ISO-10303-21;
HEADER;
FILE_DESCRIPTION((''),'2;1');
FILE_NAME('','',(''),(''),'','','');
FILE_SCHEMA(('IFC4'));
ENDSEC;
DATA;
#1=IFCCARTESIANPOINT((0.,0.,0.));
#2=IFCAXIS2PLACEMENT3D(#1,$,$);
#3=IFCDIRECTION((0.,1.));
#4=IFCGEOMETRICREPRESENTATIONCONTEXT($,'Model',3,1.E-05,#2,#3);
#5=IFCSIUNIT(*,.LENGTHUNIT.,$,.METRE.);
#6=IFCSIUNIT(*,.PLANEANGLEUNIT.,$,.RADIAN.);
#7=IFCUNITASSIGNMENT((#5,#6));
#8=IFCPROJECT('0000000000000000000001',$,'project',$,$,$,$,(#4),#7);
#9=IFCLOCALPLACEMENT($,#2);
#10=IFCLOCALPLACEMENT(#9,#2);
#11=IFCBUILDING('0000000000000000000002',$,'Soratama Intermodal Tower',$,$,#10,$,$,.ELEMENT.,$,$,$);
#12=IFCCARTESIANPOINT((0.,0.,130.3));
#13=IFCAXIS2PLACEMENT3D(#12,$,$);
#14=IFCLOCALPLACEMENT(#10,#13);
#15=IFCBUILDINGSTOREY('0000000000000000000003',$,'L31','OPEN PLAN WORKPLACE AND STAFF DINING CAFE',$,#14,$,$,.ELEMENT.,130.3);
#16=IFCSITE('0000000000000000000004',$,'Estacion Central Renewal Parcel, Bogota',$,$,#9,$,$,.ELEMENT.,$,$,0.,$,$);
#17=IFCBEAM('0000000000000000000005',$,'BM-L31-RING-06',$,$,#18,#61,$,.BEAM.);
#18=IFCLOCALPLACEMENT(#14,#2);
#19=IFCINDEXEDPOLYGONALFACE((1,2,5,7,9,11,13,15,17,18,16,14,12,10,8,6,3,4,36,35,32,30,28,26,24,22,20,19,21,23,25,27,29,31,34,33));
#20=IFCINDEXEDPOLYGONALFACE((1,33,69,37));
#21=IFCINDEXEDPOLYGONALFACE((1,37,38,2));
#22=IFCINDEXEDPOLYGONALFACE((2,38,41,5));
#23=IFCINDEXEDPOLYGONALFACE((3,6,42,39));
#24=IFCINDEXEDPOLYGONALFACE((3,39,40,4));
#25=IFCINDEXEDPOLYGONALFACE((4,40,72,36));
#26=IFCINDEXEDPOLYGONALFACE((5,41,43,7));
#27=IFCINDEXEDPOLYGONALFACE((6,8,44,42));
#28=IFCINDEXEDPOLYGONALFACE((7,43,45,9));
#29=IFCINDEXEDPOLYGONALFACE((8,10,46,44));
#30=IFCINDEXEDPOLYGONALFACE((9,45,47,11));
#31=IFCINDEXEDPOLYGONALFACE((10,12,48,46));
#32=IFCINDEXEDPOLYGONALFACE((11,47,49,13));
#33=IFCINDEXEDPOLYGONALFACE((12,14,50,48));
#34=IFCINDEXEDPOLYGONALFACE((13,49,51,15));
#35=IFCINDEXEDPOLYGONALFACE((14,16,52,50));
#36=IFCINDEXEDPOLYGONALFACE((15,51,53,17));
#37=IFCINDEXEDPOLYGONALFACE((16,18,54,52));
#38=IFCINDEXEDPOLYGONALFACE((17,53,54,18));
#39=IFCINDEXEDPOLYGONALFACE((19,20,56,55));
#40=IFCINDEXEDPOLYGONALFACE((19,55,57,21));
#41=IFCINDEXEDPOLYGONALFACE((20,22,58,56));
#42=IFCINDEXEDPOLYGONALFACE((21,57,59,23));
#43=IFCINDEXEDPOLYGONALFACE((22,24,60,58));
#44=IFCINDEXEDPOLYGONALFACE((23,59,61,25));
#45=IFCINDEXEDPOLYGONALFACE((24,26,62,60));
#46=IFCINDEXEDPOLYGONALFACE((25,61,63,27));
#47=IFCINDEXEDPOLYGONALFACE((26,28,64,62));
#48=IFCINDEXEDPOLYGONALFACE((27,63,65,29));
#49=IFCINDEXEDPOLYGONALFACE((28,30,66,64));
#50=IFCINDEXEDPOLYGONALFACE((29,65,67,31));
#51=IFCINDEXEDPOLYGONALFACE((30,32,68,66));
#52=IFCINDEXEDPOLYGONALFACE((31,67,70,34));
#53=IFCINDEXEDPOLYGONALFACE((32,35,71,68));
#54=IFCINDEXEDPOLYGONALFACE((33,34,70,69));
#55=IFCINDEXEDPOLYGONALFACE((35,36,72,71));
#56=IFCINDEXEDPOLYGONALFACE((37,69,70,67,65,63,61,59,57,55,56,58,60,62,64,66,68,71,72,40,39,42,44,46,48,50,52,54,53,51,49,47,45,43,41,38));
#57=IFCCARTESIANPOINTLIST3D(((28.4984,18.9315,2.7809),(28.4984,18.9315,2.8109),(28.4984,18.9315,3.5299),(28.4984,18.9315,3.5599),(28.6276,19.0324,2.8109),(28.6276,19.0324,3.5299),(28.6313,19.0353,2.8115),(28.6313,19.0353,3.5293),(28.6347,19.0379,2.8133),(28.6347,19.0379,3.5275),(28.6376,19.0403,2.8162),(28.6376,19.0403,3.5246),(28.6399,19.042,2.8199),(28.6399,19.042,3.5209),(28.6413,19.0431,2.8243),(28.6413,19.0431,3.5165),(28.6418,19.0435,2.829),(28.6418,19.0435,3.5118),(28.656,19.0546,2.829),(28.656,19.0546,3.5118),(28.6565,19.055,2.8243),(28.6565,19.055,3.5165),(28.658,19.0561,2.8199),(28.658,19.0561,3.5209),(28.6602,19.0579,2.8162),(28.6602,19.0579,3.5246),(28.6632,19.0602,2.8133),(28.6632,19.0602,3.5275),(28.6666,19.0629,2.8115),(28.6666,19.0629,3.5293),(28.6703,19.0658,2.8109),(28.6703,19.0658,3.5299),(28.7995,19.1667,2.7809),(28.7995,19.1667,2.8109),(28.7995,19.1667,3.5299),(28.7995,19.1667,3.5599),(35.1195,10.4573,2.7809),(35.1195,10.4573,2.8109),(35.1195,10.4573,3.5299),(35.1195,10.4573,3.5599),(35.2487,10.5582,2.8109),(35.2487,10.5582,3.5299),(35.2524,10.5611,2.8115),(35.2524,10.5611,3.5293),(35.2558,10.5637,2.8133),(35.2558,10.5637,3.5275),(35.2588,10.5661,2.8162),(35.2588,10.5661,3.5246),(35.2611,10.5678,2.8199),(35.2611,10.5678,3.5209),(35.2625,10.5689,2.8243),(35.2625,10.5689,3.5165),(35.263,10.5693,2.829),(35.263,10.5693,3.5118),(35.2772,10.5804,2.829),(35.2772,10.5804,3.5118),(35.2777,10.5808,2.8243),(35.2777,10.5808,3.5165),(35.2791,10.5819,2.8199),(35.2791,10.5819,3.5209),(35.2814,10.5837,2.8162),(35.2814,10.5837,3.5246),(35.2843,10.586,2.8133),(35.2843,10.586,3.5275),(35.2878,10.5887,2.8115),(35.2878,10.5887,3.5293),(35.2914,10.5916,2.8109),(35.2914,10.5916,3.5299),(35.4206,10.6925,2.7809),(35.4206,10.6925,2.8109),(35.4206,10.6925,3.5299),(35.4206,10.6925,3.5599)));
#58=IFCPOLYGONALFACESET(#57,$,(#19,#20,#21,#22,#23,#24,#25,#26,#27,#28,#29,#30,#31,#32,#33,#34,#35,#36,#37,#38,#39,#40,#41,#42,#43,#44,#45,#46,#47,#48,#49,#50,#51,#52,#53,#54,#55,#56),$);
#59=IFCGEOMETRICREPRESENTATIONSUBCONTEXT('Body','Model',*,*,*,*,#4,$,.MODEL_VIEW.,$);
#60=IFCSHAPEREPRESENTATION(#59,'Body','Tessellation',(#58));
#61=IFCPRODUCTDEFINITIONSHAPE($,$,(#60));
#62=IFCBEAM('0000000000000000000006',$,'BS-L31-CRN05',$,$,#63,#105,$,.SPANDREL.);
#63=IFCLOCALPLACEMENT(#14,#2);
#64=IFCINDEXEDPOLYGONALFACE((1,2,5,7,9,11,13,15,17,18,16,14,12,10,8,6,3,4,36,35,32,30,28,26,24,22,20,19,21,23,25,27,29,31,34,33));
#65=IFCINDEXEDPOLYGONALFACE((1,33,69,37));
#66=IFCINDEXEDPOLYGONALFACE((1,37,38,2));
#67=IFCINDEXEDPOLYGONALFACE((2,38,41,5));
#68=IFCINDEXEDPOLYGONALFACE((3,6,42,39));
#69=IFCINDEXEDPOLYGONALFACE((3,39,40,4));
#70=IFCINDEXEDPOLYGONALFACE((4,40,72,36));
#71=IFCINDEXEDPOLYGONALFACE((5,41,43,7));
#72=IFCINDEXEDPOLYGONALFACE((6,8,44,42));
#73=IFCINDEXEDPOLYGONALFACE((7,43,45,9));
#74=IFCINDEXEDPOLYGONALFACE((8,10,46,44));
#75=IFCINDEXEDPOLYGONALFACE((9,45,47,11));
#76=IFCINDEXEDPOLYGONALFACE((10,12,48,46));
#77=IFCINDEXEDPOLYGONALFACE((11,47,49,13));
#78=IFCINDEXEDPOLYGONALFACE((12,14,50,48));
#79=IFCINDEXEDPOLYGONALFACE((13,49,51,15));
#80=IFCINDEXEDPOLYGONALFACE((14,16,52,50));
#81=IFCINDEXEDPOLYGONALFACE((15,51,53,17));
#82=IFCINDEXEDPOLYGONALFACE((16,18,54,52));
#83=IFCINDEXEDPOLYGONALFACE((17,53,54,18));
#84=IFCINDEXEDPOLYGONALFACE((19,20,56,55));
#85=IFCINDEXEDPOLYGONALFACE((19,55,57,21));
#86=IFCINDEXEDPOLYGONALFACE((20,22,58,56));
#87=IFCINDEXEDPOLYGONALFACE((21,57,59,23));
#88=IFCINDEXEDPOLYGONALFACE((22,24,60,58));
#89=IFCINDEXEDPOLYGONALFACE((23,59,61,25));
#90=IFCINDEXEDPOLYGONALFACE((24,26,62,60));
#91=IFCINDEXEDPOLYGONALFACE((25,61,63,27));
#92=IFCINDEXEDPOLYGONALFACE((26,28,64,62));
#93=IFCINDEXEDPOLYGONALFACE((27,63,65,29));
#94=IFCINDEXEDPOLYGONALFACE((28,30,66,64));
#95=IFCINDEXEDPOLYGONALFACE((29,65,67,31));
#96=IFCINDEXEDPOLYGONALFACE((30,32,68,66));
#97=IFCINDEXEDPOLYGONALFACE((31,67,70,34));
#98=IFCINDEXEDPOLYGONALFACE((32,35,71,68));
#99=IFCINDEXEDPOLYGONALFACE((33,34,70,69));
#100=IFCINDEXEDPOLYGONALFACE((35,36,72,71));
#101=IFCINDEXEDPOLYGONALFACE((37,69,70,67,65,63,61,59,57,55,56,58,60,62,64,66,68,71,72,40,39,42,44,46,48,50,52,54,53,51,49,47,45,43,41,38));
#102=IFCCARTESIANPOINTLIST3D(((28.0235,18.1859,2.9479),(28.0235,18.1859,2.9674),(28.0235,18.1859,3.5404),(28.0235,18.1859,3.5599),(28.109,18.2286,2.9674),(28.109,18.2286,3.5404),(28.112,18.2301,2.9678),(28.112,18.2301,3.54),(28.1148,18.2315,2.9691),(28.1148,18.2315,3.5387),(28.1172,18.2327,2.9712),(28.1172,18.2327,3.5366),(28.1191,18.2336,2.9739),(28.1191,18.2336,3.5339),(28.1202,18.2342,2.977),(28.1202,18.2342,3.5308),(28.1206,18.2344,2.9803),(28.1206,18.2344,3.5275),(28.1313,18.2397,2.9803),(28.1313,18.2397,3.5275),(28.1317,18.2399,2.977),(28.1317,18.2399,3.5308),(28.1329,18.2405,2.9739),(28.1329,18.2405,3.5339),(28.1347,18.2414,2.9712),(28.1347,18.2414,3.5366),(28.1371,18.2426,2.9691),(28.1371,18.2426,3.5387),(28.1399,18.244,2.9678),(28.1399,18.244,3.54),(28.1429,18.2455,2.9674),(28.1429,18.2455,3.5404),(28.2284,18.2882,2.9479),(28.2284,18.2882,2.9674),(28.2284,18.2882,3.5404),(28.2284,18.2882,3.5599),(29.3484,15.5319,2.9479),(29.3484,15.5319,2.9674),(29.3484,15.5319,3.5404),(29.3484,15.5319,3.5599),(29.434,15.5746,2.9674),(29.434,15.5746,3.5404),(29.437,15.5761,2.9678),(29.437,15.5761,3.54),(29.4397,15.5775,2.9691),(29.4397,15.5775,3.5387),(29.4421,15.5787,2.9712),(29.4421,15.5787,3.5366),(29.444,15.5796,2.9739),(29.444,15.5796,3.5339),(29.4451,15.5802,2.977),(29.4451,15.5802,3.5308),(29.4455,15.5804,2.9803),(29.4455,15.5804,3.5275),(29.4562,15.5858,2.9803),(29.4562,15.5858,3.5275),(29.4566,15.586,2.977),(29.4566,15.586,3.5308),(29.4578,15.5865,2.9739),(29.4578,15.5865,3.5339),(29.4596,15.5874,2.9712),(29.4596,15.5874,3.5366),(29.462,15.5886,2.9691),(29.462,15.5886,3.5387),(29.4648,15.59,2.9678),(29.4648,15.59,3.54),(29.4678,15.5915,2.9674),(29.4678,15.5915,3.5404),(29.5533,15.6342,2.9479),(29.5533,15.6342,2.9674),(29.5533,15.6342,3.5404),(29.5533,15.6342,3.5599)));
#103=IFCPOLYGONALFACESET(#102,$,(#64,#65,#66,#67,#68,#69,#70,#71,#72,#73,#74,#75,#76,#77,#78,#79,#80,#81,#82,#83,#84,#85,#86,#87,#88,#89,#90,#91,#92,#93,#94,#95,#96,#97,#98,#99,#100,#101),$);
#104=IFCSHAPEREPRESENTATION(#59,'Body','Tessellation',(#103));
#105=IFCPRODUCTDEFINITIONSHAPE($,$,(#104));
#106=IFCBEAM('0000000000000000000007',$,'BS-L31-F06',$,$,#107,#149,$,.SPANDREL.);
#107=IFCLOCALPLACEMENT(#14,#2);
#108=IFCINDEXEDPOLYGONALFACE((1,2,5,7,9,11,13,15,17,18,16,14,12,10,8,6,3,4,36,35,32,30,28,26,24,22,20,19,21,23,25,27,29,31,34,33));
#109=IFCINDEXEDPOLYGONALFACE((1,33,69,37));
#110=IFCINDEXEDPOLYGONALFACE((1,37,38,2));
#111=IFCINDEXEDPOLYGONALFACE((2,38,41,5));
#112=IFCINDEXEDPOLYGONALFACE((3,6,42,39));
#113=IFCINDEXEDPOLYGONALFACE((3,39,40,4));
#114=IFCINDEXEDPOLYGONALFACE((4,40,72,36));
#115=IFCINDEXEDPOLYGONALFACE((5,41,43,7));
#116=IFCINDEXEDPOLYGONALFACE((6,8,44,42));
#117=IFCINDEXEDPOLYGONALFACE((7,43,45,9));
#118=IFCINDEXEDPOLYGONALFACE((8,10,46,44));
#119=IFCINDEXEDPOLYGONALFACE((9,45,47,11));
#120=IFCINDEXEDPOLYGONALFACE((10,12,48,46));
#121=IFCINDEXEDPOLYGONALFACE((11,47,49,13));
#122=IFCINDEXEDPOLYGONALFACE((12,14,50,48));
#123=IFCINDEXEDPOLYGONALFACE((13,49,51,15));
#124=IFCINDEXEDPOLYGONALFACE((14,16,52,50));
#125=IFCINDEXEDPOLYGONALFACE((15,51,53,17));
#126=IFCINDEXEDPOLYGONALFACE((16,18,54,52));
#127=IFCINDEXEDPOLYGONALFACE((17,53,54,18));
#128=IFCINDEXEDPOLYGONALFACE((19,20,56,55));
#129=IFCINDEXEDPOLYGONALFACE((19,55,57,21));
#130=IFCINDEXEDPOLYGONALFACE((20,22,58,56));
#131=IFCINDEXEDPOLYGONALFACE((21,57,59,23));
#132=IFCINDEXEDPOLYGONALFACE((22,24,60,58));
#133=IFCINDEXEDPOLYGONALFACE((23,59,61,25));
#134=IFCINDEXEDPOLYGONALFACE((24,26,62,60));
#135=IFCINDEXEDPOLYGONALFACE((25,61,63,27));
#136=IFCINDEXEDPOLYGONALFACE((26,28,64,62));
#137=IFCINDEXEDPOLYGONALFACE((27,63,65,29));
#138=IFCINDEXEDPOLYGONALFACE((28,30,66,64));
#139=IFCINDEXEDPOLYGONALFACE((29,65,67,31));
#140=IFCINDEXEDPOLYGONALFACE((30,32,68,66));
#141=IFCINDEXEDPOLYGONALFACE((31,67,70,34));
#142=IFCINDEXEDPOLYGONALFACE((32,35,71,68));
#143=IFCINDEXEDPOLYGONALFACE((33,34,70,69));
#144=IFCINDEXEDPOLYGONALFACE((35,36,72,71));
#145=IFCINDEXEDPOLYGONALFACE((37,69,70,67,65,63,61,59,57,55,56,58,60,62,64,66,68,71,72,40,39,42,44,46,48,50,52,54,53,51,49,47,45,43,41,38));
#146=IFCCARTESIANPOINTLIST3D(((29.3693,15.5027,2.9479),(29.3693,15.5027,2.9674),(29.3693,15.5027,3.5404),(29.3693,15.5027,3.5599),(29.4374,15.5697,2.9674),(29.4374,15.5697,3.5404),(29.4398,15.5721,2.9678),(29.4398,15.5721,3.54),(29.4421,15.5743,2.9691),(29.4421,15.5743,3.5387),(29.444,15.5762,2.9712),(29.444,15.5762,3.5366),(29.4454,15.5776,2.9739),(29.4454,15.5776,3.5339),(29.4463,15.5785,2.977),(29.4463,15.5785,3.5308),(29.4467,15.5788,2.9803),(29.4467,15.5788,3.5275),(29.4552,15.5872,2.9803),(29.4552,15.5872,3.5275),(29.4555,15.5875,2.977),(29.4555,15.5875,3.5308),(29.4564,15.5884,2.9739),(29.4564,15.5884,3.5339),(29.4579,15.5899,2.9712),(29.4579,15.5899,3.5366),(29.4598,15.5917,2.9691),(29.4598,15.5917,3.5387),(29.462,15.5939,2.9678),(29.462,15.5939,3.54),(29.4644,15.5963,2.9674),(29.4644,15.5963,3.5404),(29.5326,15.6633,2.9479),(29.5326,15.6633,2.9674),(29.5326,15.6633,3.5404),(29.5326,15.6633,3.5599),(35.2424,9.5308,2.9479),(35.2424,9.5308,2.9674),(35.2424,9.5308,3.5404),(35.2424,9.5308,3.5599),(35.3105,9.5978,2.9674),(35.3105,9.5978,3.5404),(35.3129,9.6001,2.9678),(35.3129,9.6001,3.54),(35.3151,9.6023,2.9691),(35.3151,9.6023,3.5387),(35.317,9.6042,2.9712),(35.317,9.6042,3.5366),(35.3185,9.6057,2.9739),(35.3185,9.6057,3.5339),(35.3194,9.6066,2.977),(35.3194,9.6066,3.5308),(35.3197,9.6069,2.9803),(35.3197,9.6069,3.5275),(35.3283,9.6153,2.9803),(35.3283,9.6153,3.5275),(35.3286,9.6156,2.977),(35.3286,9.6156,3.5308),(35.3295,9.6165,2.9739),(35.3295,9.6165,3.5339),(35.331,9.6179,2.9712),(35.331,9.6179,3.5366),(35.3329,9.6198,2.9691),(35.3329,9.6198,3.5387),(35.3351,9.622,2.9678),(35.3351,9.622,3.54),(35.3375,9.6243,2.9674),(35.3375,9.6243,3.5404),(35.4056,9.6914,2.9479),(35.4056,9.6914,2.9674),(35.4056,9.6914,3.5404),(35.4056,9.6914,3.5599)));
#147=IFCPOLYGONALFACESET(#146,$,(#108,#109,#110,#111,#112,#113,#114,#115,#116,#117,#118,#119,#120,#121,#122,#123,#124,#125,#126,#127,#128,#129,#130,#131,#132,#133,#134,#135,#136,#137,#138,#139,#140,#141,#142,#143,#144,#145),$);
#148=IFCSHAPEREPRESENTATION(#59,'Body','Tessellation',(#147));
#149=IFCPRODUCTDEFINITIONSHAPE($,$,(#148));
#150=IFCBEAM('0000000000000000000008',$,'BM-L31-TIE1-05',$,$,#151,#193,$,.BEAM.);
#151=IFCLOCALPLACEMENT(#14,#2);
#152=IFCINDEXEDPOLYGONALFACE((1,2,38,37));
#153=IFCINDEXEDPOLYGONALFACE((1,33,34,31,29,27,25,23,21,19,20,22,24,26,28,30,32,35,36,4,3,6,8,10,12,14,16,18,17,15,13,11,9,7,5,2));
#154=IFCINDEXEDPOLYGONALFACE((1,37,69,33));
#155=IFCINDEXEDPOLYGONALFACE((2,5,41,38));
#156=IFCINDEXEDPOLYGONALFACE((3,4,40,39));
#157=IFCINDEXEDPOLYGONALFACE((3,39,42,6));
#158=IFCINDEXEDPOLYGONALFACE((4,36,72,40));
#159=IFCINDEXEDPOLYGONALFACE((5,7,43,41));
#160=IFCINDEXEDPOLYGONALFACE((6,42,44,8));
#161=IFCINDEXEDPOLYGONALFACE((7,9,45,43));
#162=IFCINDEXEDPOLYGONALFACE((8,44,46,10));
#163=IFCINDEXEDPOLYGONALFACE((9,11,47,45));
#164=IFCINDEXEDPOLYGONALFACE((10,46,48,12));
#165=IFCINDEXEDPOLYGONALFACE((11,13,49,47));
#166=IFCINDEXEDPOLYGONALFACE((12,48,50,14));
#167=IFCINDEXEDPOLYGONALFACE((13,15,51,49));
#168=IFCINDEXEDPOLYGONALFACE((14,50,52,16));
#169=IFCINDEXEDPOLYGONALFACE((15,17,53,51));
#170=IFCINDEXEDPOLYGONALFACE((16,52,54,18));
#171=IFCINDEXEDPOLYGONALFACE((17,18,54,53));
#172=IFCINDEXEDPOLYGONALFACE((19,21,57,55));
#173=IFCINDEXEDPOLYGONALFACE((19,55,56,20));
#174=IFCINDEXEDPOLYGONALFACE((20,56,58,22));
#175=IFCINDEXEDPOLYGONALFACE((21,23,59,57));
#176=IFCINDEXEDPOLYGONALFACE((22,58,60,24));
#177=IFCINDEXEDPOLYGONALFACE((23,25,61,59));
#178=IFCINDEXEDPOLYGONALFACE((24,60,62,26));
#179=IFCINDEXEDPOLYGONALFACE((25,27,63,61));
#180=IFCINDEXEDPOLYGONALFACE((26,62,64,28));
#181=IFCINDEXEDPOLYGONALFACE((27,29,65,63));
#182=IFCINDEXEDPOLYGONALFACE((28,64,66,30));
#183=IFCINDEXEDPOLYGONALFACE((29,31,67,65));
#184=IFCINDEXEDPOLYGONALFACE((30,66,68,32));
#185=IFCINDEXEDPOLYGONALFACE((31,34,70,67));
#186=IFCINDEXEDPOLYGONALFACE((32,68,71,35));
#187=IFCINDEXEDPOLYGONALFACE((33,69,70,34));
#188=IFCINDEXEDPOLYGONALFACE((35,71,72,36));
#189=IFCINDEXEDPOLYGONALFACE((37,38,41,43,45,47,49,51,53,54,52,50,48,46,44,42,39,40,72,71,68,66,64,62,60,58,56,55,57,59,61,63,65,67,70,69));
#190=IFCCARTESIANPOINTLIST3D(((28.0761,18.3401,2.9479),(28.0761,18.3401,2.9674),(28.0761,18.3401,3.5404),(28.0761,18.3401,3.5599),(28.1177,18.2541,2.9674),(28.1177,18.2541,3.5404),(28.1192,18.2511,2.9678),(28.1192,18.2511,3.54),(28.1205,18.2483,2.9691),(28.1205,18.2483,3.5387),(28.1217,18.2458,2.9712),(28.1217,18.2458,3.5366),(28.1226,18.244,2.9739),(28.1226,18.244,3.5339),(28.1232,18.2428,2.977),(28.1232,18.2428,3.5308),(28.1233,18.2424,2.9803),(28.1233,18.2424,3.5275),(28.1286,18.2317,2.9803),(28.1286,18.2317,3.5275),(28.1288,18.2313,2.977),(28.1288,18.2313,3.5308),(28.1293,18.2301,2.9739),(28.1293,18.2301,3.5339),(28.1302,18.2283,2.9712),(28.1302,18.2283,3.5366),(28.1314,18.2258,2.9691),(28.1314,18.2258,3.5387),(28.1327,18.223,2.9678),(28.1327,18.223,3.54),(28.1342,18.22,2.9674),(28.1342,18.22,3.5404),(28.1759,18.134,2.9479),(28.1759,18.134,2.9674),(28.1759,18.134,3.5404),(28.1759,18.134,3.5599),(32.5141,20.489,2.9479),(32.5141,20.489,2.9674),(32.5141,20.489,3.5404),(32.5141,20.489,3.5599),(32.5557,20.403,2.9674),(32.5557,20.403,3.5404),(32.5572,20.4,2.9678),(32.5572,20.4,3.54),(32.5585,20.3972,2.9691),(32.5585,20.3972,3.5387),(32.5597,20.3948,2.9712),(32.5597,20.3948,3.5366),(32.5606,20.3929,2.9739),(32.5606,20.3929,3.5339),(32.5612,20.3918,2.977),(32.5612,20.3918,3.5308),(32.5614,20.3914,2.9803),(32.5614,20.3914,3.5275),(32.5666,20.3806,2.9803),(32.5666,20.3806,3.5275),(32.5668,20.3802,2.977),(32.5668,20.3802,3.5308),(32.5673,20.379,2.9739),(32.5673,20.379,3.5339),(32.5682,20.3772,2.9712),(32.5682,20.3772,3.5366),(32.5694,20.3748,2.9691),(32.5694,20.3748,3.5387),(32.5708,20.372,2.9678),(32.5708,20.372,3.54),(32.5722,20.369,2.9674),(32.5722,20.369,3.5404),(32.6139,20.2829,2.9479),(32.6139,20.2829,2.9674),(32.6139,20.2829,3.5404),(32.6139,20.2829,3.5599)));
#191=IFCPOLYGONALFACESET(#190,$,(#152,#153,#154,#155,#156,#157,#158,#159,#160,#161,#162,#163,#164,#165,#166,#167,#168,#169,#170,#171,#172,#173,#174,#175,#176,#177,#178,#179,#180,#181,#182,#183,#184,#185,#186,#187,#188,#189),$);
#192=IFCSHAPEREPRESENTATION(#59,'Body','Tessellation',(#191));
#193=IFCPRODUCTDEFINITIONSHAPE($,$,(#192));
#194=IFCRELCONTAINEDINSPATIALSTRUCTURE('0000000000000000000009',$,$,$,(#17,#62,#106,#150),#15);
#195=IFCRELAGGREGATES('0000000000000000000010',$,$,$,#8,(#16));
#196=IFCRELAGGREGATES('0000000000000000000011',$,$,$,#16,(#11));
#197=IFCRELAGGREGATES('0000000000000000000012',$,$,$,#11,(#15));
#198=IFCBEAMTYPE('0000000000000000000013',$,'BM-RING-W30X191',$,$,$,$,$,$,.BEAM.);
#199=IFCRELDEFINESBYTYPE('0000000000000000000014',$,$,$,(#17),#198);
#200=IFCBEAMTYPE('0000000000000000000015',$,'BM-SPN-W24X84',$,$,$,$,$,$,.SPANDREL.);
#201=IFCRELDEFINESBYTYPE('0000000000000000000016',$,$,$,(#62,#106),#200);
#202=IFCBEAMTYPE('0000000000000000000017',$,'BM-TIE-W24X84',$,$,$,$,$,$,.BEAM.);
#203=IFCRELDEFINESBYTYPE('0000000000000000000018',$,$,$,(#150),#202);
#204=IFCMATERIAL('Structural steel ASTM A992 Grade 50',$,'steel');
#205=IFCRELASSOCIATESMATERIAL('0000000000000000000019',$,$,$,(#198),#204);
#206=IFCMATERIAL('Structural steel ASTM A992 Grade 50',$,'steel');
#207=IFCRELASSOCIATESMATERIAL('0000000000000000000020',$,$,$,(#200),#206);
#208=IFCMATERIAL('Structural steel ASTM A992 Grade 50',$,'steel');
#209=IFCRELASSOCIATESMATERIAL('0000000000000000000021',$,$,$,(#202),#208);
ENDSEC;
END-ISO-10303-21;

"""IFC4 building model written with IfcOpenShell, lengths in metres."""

from ifc_helpers import new_model, si_unit, direction, frame, origin, origin_2d, place, context, subcontext, project, spatial, i_section, extrude, material, material_profile, profile_set, type_object, element, save


model = new_model("IFC4")

# Units and contexts
model_context = context("Model", 3, precision=1e-05, world=origin(), true_north=direction((0.0, 1.0)))
body_context = subcontext(model_context, "Body", "Model", "MODEL_VIEW")
ifc_project = project(units=[si_unit("LENGTHUNIT", "METRE"), si_unit("PLANEANGLEUNIT", "RADIAN")], contexts=[model_context])

# Site, building, storey
site_placement = place(None, origin())
site = spatial("IfcSite", under=ifc_project, at=site_placement, Name="Estacion Central Renewal Parcel, Bogota", CompositionType="ELEMENT", RefElevation=0.0)
building_placement = place(site_placement, origin())
building = spatial("IfcBuilding", under=site, at=building_placement, Name="Soratama Intermodal Tower", CompositionType="ELEMENT")
storey_placement = place(building_placement, frame((0.0, 0.0, 130.3)))
storey = spatial("IfcBuildingStorey", under=building, at=storey_placement, Name="L31", Description="OPEN PLAN WORKPLACE AND STAFF DINING CAFE", CompositionType="ELEMENT", Elevation=130.3)

# Beams
ifc_material_1 = material(Name="Structural steel ASTM A992 Grade 50", Category="steel")
ifc_material_profile_1 = material_profile(ifc_material_1, i_section(OverallWidth=0.3821, OverallDepth=0.7791, WebThickness=0.0181, FlangeThickness=0.03, FilletRadius=0.0181, at=origin_2d()), Name="W30X191")
ifc_profile_set_1 = profile_set([ifc_material_profile_1], Name="Structural steel ASTM A992 Grade 50")
beam_type_1 = type_object("IfcBeamType", Name="BM-RING-W30X191", PredefinedType="BEAM", material=ifc_profile_set_1)
beam_1_placement = place(storey_placement, frame((28.6489, 19.0491, 3.1704), z_axis=(0.615684, -0.787993, 0.0), x_axis=(0.787993, 0.615684, 0.0)))
element("IfcBeam", 1, at=beam_1_placement, inside=storey, type_object=beam_type_1, Name="BM-L31-RING-06", PredefinedType="BEAM", context=body_context, shape_type="SweptSolid", body=[
    extrude(i_section(OverallWidth=0.3821, OverallDepth=0.7791, WebThickness=0.0181, FlangeThickness=0.03, FilletRadius=0.0181, at=origin_2d()), origin(), (0.0, 0.0, 1.0), 10.7542),
])
ifc_material_2 = material(Name="Structural steel ASTM A992 Grade 50", Category="steel")
ifc_material_profile_2 = material_profile(ifc_material_2, i_section(OverallWidth=0.229, OverallDepth=0.6121, WebThickness=0.012, FlangeThickness=0.0195, FilletRadius=0.0129, at=origin_2d()), Name="W24X84")
ifc_profile_set_2 = profile_set([ifc_material_profile_2], Name="Structural steel ASTM A992 Grade 50")
beam_type_2 = type_object("IfcBeamType", Name="BM-SPN-W24X84", PredefinedType="SPANDREL", material=ifc_profile_set_2)
beam_2_placement = place(storey_placement, frame((28.126, 18.2371, 3.2539), z_axis=(0.446654, -0.894707, 0.0), x_axis=(0.894707, 0.446654, 0.0)))
element("IfcBeam", 2, at=beam_2_placement, inside=storey, type_object=beam_type_2, Name="BS-L31-CRN05", PredefinedType="SPANDREL", context=body_context, shape_type="SweptSolid", body=[
    extrude(i_section(OverallWidth=0.229, OverallDepth=0.6121, WebThickness=0.012, FlangeThickness=0.0195, FilletRadius=0.0129, at=origin_2d()), origin(), (0.0, 0.0, 1.0), 2.9663),
])
beam_3_placement = place(storey_placement, frame((29.4509, 15.583, 3.2539), z_axis=(0.70118, -0.712985, 0.0), x_axis=(0.712985, 0.70118, 0.0)))
element("IfcBeam", 3, at=beam_3_placement, inside=storey, type_object=beam_type_2, Name="BS-L31-F06", PredefinedType="SPANDREL", context=body_context, shape_type="SweptSolid", body=[
    extrude(i_section(OverallWidth=0.229, OverallDepth=0.6121, WebThickness=0.012, FlangeThickness=0.0195, FilletRadius=0.0129, at=origin_2d()), origin(), (0.0, 0.0, 1.0), 8.376),
])
ifc_material_3 = material(Name="Structural steel ASTM A992 Grade 50", Category="steel")
ifc_material_profile_3 = material_profile(ifc_material_3, i_section(OverallWidth=0.229, OverallDepth=0.6121, WebThickness=0.012, FlangeThickness=0.0195, FilletRadius=0.0129, at=origin_2d()), Name="W24X84")
ifc_profile_set_3 = profile_set([ifc_material_profile_3], Name="Structural steel ASTM A992 Grade 50")
beam_type_3 = type_object("IfcBeamType", Name="BM-TIE-W24X84", PredefinedType="BEAM", material=ifc_profile_set_3)
beam_4_placement = place(storey_placement, frame((32.564, 20.386, 3.2539), z_axis=(-0.900039, -0.435809, 0.0), x_axis=(0.435809, -0.900039, 0.0)))
element("IfcBeam", 4, at=beam_4_placement, inside=storey, type_object=beam_type_3, Name="BM-L31-TIE1-05", PredefinedType="BEAM", context=body_context, shape_type="SweptSolid", body=[
    extrude(i_section(OverallWidth=0.229, OverallDepth=0.6121, WebThickness=0.012, FlangeThickness=0.0195, FilletRadius=0.0129, at=origin_2d()), origin(), (0.0, 0.0, 1.0), 4.9309),
])

save(model, "model.ifc")
